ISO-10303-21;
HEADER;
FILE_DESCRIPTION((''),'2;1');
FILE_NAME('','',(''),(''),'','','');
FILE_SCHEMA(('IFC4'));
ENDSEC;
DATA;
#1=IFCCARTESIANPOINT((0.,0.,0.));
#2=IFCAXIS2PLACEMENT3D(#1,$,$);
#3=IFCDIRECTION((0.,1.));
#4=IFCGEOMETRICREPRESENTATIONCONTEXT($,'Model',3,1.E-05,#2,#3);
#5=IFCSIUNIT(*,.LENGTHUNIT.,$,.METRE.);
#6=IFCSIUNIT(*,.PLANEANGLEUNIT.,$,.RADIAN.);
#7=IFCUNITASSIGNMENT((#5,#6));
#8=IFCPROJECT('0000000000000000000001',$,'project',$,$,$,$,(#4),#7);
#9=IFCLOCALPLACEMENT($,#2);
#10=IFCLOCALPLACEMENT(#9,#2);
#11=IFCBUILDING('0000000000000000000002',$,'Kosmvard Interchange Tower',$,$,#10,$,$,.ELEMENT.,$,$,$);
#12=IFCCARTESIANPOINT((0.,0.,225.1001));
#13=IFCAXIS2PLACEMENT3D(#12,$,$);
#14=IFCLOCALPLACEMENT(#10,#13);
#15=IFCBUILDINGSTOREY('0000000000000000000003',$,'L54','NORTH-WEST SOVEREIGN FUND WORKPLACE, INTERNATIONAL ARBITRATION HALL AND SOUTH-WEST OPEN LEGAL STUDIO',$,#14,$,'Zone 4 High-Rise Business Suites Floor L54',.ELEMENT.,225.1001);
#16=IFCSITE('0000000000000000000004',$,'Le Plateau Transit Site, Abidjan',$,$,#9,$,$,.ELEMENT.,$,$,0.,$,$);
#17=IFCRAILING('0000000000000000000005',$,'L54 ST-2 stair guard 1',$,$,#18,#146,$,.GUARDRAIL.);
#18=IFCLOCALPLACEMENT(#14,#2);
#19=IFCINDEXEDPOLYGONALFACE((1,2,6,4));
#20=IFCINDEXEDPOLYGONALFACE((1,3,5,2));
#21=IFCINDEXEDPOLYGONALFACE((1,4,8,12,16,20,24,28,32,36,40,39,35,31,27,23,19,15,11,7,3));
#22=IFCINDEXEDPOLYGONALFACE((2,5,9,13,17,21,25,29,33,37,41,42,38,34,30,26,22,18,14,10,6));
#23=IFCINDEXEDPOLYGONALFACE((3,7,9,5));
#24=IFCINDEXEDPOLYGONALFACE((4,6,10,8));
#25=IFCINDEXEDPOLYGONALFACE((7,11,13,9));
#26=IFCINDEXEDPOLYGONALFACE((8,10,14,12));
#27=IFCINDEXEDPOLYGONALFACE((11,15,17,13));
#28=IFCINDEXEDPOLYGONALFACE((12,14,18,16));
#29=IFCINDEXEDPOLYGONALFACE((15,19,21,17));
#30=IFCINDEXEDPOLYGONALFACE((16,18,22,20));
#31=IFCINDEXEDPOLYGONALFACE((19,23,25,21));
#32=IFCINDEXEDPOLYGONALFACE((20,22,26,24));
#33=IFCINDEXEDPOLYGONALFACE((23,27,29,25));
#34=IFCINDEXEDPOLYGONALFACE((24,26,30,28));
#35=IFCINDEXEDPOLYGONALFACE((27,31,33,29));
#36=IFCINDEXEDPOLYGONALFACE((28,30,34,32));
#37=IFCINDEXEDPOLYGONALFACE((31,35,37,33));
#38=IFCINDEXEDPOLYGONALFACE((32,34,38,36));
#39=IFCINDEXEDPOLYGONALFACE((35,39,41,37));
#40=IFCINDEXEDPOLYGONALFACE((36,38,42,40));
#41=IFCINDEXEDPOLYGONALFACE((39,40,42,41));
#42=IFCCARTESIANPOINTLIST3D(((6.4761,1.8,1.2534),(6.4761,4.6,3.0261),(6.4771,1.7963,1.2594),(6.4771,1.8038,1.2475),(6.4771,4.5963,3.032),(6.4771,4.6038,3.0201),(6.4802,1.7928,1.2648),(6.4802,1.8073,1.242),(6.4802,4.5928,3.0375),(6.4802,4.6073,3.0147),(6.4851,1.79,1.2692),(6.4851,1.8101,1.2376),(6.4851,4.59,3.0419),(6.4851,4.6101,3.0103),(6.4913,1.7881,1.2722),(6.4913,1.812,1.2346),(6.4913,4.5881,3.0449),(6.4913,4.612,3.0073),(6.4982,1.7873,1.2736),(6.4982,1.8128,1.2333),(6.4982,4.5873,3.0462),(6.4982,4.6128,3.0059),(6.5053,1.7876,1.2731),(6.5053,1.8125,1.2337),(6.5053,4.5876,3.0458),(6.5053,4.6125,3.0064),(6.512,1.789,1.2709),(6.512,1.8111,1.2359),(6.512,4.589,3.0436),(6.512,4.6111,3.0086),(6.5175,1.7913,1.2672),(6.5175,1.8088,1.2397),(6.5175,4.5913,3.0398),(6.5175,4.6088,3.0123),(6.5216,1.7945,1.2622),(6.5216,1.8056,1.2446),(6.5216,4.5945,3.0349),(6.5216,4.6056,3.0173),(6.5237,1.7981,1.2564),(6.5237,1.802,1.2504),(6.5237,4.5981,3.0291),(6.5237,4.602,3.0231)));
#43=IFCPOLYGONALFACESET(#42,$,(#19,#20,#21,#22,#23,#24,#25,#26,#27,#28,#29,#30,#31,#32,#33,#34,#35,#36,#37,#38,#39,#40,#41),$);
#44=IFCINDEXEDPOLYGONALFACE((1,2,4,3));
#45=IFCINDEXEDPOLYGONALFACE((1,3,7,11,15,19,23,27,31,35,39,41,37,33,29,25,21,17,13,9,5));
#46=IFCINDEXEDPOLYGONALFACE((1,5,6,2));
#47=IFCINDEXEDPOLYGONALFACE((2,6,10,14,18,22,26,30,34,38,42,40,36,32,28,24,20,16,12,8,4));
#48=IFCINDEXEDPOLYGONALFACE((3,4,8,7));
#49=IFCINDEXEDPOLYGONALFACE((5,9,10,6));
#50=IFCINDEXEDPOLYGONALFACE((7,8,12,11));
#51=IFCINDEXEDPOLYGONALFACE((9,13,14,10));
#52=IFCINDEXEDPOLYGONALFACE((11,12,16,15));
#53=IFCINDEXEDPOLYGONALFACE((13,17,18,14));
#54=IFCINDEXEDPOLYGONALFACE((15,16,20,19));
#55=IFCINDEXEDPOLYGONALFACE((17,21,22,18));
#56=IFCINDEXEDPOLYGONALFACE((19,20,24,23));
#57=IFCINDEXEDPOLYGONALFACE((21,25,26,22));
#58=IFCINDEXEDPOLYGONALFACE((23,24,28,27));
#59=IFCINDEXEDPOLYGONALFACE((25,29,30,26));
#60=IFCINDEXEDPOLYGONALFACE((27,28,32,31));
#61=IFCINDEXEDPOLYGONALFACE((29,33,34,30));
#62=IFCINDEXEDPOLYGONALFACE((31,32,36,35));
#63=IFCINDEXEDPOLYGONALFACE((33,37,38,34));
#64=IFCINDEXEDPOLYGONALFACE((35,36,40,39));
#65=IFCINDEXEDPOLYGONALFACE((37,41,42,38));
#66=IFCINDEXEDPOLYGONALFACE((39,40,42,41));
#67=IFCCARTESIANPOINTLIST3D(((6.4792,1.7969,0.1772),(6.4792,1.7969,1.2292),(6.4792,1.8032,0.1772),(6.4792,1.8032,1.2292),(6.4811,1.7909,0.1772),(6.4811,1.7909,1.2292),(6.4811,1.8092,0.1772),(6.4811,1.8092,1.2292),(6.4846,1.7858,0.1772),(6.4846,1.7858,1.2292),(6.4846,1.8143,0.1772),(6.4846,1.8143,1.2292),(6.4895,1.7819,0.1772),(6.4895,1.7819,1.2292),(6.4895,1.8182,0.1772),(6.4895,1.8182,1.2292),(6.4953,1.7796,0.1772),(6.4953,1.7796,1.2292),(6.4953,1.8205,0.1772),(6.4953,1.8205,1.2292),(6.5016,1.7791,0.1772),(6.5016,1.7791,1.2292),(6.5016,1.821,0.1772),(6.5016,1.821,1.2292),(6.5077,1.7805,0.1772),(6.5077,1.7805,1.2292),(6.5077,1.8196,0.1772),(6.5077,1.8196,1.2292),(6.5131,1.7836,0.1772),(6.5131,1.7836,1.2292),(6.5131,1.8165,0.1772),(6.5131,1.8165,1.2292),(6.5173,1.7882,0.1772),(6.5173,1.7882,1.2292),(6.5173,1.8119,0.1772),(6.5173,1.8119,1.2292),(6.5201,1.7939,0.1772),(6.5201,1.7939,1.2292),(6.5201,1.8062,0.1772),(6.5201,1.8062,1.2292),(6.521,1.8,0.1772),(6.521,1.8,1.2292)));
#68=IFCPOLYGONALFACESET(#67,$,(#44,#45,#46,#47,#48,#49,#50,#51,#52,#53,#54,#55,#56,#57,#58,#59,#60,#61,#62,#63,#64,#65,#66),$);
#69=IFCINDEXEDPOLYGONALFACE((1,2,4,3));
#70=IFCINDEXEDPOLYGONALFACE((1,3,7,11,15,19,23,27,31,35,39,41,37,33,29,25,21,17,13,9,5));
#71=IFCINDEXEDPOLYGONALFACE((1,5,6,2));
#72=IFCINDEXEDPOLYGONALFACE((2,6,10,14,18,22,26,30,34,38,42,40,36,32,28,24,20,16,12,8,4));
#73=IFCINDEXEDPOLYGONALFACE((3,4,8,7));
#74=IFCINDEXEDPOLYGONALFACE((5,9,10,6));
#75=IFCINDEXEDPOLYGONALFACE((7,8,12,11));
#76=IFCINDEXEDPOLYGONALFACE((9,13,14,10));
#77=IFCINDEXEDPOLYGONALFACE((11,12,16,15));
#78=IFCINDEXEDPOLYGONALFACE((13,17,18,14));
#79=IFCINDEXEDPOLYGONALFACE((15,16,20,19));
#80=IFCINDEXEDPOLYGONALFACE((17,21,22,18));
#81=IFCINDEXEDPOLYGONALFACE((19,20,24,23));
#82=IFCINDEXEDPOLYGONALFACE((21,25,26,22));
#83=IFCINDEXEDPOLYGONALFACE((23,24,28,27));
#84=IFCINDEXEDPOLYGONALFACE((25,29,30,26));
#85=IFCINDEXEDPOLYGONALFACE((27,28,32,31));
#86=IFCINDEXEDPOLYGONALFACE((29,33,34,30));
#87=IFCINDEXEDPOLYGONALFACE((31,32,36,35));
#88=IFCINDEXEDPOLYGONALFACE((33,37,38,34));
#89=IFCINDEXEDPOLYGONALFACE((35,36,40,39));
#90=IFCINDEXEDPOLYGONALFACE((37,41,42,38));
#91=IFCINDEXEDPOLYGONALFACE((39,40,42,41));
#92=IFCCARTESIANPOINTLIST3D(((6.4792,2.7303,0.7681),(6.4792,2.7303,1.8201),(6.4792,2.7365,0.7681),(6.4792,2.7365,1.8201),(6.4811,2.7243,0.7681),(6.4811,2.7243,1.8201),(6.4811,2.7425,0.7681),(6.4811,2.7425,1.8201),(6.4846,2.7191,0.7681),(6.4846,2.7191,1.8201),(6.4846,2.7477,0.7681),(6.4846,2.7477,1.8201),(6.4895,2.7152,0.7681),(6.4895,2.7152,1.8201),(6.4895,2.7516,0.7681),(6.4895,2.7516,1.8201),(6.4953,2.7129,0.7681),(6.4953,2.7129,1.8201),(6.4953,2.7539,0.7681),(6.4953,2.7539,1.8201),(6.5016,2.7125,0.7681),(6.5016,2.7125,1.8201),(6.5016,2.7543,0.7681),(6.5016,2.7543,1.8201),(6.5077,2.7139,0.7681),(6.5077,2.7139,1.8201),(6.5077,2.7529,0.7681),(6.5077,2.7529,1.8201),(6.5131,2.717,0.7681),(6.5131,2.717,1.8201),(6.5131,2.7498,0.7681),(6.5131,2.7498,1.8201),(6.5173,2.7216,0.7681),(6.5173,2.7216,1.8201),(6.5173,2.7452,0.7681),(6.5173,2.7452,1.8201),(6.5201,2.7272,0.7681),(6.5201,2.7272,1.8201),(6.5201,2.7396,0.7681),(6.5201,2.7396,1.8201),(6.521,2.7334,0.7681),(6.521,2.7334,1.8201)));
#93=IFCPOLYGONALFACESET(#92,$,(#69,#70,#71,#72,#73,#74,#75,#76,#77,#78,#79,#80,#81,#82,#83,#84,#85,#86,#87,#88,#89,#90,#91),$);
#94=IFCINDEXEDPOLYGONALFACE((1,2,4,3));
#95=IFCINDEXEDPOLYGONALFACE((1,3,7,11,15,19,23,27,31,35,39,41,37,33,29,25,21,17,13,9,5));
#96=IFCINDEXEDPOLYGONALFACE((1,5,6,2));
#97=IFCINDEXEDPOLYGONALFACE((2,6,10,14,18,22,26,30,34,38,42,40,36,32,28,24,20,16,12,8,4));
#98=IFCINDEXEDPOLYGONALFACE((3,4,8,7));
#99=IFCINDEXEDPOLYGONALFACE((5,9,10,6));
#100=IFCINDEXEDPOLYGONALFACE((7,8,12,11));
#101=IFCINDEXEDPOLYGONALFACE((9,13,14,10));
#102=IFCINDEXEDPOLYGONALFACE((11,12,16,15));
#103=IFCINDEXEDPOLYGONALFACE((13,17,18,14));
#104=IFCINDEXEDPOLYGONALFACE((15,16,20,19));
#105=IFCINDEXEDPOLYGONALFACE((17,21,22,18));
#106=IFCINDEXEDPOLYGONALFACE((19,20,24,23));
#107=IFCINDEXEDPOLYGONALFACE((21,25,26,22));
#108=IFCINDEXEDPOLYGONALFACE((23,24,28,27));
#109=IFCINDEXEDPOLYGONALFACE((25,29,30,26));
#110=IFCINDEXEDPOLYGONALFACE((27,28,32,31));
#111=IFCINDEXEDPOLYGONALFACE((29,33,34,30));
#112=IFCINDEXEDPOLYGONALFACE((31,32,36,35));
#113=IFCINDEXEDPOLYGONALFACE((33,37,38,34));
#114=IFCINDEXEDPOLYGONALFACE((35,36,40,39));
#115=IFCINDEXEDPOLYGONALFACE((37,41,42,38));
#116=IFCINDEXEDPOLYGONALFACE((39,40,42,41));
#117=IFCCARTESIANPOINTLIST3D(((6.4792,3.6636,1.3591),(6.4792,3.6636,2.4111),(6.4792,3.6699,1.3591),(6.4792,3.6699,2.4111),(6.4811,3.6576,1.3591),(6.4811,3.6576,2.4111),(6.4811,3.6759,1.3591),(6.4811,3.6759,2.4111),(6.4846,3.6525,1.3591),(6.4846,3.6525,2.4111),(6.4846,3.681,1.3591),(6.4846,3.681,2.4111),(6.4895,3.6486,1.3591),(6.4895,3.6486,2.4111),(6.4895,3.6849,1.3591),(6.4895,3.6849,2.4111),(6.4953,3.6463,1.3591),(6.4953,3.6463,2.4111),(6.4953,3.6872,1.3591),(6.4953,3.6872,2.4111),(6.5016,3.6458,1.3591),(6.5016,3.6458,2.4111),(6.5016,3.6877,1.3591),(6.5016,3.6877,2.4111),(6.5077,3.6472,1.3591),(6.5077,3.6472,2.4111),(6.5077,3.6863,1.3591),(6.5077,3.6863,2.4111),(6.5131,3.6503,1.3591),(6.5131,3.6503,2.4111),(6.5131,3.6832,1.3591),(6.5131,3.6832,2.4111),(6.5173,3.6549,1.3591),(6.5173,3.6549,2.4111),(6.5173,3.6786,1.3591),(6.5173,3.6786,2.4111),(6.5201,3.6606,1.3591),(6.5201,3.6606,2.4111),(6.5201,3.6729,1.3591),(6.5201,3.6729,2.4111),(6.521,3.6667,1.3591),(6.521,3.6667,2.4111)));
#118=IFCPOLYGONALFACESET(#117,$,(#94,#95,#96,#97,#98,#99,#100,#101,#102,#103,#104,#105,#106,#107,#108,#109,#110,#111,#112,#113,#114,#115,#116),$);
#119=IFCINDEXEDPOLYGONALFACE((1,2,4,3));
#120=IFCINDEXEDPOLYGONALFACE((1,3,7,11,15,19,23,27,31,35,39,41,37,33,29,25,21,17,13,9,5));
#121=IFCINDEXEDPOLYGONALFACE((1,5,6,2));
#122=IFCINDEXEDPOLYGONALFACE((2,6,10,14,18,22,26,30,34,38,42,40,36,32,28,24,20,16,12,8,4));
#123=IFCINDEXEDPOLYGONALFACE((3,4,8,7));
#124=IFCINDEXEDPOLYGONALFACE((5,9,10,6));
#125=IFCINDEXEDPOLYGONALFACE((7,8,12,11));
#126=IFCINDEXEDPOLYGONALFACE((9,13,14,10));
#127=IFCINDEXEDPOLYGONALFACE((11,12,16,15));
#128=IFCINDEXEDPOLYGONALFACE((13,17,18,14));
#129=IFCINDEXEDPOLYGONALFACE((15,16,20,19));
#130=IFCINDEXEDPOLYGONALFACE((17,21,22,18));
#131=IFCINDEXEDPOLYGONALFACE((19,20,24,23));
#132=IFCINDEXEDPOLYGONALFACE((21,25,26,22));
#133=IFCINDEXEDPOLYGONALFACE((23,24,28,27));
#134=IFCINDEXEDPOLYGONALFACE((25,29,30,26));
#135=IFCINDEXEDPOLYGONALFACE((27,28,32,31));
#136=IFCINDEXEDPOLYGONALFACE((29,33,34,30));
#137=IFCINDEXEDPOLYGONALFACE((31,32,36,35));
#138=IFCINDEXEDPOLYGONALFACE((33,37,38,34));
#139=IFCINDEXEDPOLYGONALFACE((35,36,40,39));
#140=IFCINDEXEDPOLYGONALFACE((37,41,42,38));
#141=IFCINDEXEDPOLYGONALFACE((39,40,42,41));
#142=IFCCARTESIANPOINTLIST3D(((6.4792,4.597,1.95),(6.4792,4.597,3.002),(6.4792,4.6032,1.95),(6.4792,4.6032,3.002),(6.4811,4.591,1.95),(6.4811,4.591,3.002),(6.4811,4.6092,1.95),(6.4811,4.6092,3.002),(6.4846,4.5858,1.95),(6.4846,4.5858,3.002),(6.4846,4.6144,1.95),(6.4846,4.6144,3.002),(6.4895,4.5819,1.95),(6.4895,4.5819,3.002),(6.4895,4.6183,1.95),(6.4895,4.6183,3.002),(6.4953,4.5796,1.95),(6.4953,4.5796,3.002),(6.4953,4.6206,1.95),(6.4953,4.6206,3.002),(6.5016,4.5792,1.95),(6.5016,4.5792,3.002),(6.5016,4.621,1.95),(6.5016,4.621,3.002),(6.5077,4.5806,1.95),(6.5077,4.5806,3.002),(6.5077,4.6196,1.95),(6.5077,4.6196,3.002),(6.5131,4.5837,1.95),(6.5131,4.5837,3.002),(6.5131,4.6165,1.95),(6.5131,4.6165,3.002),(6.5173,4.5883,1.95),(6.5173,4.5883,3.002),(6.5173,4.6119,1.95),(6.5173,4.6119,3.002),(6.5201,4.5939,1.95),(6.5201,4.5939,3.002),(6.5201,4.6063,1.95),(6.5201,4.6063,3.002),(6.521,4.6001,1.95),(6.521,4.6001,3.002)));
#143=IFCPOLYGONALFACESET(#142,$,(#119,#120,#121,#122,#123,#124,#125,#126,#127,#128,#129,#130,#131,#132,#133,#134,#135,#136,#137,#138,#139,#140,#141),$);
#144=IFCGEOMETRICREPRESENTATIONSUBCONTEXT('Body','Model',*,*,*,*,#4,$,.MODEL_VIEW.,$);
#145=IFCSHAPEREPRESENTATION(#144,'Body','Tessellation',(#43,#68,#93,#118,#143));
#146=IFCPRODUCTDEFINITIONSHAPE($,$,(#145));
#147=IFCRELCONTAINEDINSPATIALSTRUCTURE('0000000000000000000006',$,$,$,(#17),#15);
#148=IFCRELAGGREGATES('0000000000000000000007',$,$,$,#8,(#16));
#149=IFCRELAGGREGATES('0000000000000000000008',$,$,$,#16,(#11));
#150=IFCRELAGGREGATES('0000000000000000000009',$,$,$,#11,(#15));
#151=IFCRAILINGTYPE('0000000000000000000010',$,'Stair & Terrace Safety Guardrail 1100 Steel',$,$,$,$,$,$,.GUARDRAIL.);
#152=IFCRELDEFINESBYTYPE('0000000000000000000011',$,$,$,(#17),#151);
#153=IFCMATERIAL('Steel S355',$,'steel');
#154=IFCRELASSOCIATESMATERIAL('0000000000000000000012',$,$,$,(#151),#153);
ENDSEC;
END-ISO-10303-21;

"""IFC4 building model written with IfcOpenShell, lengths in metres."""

from ifc_helpers import new_model, si_unit, direction, frame, origin, origin_2d, place, context, subcontext, project, spatial, circle, extrude, source, transform, mapped, material, type_object, element, save


model = new_model("IFC4")

# Units and contexts
model_context = context("Model", 3, precision=1e-05, world=origin(), true_north=direction((0.0, 1.0)))
body_context = subcontext(model_context, "Body", "Model", "MODEL_VIEW")
ifc_project = project(units=[si_unit("LENGTHUNIT", "METRE"), si_unit("PLANEANGLEUNIT", "RADIAN")], contexts=[model_context])

# Site, building, storey
site_placement = place(None, origin())
site = spatial("IfcSite", under=ifc_project, at=site_placement, Name="Le Plateau Transit Site, Abidjan", CompositionType="ELEMENT", RefElevation=0.0)
building_placement = place(site_placement, origin())
building = spatial("IfcBuilding", under=site, at=building_placement, Name="Kosmvard Interchange Tower", CompositionType="ELEMENT")
storey_placement = place(building_placement, frame((0.0, 0.0, 225.1001)))
storey = spatial("IfcBuildingStorey", under=building, at=storey_placement, Name="L54", Description="NORTH-WEST SOVEREIGN FUND WORKPLACE, INTERNATIONAL ARBITRATION HALL AND SOUTH-WEST OPEN LEGAL STUDIO", LongName="Zone 4 High-Rise Business Suites Floor L54", CompositionType="ELEMENT", Elevation=225.1001)

# Railing
ifc_material_1 = material(Name="Steel S355", Category="steel")
railing_type_1 = type_object("IfcRailingType", Name="Stair & Terrace Safety Guardrail 1100 Steel", PredefinedType="GUARDRAIL", material=ifc_material_1)
shared_shape_1 = source(origin(), body_context, "Body", "SweptSolid", [
    extrude(circle(Radius=0.0239, at=origin_2d()), frame((0.0, 0.0, 1.0762), z_axis=(0.0, 0.844909, 0.53491), x_axis=(-1.0, 0.0, 0.0)), (0.0, 0.0, 1.0), 3.314),
    extrude(circle(Radius=0.021, at=origin_2d()), origin(), (0.0, 0.0, 1.0), 1.052),
    extrude(circle(Radius=0.021, at=origin_2d()), frame((0.0, 0.9333, 0.5908)), (0.0, 0.0, 1.0), 1.052),
    extrude(circle(Radius=0.021, at=origin_2d()), frame((0.0, 1.8667, 1.1819)), (0.0, 0.0, 1.0), 1.052),
    extrude(circle(Radius=0.021, at=origin_2d()), frame((0.0, 2.8, 1.7727)), (0.0, 0.0, 1.0), 1.052),
])
railing_1_placement = place(storey_placement, frame((6.5, 1.8, 0.1772)))
element("IfcRailing", 1, at=railing_1_placement, inside=storey, type_object=railing_type_1, Name="L54 ST-2 stair guard 1", PredefinedType="GUARDRAIL", context=body_context, shape_type="MappedRepresentation", body=[
    mapped(shared_shape_1, transform((0.0, 0.0, 0.0), scale=1.0)),
])

save(model, "model.ifc")
